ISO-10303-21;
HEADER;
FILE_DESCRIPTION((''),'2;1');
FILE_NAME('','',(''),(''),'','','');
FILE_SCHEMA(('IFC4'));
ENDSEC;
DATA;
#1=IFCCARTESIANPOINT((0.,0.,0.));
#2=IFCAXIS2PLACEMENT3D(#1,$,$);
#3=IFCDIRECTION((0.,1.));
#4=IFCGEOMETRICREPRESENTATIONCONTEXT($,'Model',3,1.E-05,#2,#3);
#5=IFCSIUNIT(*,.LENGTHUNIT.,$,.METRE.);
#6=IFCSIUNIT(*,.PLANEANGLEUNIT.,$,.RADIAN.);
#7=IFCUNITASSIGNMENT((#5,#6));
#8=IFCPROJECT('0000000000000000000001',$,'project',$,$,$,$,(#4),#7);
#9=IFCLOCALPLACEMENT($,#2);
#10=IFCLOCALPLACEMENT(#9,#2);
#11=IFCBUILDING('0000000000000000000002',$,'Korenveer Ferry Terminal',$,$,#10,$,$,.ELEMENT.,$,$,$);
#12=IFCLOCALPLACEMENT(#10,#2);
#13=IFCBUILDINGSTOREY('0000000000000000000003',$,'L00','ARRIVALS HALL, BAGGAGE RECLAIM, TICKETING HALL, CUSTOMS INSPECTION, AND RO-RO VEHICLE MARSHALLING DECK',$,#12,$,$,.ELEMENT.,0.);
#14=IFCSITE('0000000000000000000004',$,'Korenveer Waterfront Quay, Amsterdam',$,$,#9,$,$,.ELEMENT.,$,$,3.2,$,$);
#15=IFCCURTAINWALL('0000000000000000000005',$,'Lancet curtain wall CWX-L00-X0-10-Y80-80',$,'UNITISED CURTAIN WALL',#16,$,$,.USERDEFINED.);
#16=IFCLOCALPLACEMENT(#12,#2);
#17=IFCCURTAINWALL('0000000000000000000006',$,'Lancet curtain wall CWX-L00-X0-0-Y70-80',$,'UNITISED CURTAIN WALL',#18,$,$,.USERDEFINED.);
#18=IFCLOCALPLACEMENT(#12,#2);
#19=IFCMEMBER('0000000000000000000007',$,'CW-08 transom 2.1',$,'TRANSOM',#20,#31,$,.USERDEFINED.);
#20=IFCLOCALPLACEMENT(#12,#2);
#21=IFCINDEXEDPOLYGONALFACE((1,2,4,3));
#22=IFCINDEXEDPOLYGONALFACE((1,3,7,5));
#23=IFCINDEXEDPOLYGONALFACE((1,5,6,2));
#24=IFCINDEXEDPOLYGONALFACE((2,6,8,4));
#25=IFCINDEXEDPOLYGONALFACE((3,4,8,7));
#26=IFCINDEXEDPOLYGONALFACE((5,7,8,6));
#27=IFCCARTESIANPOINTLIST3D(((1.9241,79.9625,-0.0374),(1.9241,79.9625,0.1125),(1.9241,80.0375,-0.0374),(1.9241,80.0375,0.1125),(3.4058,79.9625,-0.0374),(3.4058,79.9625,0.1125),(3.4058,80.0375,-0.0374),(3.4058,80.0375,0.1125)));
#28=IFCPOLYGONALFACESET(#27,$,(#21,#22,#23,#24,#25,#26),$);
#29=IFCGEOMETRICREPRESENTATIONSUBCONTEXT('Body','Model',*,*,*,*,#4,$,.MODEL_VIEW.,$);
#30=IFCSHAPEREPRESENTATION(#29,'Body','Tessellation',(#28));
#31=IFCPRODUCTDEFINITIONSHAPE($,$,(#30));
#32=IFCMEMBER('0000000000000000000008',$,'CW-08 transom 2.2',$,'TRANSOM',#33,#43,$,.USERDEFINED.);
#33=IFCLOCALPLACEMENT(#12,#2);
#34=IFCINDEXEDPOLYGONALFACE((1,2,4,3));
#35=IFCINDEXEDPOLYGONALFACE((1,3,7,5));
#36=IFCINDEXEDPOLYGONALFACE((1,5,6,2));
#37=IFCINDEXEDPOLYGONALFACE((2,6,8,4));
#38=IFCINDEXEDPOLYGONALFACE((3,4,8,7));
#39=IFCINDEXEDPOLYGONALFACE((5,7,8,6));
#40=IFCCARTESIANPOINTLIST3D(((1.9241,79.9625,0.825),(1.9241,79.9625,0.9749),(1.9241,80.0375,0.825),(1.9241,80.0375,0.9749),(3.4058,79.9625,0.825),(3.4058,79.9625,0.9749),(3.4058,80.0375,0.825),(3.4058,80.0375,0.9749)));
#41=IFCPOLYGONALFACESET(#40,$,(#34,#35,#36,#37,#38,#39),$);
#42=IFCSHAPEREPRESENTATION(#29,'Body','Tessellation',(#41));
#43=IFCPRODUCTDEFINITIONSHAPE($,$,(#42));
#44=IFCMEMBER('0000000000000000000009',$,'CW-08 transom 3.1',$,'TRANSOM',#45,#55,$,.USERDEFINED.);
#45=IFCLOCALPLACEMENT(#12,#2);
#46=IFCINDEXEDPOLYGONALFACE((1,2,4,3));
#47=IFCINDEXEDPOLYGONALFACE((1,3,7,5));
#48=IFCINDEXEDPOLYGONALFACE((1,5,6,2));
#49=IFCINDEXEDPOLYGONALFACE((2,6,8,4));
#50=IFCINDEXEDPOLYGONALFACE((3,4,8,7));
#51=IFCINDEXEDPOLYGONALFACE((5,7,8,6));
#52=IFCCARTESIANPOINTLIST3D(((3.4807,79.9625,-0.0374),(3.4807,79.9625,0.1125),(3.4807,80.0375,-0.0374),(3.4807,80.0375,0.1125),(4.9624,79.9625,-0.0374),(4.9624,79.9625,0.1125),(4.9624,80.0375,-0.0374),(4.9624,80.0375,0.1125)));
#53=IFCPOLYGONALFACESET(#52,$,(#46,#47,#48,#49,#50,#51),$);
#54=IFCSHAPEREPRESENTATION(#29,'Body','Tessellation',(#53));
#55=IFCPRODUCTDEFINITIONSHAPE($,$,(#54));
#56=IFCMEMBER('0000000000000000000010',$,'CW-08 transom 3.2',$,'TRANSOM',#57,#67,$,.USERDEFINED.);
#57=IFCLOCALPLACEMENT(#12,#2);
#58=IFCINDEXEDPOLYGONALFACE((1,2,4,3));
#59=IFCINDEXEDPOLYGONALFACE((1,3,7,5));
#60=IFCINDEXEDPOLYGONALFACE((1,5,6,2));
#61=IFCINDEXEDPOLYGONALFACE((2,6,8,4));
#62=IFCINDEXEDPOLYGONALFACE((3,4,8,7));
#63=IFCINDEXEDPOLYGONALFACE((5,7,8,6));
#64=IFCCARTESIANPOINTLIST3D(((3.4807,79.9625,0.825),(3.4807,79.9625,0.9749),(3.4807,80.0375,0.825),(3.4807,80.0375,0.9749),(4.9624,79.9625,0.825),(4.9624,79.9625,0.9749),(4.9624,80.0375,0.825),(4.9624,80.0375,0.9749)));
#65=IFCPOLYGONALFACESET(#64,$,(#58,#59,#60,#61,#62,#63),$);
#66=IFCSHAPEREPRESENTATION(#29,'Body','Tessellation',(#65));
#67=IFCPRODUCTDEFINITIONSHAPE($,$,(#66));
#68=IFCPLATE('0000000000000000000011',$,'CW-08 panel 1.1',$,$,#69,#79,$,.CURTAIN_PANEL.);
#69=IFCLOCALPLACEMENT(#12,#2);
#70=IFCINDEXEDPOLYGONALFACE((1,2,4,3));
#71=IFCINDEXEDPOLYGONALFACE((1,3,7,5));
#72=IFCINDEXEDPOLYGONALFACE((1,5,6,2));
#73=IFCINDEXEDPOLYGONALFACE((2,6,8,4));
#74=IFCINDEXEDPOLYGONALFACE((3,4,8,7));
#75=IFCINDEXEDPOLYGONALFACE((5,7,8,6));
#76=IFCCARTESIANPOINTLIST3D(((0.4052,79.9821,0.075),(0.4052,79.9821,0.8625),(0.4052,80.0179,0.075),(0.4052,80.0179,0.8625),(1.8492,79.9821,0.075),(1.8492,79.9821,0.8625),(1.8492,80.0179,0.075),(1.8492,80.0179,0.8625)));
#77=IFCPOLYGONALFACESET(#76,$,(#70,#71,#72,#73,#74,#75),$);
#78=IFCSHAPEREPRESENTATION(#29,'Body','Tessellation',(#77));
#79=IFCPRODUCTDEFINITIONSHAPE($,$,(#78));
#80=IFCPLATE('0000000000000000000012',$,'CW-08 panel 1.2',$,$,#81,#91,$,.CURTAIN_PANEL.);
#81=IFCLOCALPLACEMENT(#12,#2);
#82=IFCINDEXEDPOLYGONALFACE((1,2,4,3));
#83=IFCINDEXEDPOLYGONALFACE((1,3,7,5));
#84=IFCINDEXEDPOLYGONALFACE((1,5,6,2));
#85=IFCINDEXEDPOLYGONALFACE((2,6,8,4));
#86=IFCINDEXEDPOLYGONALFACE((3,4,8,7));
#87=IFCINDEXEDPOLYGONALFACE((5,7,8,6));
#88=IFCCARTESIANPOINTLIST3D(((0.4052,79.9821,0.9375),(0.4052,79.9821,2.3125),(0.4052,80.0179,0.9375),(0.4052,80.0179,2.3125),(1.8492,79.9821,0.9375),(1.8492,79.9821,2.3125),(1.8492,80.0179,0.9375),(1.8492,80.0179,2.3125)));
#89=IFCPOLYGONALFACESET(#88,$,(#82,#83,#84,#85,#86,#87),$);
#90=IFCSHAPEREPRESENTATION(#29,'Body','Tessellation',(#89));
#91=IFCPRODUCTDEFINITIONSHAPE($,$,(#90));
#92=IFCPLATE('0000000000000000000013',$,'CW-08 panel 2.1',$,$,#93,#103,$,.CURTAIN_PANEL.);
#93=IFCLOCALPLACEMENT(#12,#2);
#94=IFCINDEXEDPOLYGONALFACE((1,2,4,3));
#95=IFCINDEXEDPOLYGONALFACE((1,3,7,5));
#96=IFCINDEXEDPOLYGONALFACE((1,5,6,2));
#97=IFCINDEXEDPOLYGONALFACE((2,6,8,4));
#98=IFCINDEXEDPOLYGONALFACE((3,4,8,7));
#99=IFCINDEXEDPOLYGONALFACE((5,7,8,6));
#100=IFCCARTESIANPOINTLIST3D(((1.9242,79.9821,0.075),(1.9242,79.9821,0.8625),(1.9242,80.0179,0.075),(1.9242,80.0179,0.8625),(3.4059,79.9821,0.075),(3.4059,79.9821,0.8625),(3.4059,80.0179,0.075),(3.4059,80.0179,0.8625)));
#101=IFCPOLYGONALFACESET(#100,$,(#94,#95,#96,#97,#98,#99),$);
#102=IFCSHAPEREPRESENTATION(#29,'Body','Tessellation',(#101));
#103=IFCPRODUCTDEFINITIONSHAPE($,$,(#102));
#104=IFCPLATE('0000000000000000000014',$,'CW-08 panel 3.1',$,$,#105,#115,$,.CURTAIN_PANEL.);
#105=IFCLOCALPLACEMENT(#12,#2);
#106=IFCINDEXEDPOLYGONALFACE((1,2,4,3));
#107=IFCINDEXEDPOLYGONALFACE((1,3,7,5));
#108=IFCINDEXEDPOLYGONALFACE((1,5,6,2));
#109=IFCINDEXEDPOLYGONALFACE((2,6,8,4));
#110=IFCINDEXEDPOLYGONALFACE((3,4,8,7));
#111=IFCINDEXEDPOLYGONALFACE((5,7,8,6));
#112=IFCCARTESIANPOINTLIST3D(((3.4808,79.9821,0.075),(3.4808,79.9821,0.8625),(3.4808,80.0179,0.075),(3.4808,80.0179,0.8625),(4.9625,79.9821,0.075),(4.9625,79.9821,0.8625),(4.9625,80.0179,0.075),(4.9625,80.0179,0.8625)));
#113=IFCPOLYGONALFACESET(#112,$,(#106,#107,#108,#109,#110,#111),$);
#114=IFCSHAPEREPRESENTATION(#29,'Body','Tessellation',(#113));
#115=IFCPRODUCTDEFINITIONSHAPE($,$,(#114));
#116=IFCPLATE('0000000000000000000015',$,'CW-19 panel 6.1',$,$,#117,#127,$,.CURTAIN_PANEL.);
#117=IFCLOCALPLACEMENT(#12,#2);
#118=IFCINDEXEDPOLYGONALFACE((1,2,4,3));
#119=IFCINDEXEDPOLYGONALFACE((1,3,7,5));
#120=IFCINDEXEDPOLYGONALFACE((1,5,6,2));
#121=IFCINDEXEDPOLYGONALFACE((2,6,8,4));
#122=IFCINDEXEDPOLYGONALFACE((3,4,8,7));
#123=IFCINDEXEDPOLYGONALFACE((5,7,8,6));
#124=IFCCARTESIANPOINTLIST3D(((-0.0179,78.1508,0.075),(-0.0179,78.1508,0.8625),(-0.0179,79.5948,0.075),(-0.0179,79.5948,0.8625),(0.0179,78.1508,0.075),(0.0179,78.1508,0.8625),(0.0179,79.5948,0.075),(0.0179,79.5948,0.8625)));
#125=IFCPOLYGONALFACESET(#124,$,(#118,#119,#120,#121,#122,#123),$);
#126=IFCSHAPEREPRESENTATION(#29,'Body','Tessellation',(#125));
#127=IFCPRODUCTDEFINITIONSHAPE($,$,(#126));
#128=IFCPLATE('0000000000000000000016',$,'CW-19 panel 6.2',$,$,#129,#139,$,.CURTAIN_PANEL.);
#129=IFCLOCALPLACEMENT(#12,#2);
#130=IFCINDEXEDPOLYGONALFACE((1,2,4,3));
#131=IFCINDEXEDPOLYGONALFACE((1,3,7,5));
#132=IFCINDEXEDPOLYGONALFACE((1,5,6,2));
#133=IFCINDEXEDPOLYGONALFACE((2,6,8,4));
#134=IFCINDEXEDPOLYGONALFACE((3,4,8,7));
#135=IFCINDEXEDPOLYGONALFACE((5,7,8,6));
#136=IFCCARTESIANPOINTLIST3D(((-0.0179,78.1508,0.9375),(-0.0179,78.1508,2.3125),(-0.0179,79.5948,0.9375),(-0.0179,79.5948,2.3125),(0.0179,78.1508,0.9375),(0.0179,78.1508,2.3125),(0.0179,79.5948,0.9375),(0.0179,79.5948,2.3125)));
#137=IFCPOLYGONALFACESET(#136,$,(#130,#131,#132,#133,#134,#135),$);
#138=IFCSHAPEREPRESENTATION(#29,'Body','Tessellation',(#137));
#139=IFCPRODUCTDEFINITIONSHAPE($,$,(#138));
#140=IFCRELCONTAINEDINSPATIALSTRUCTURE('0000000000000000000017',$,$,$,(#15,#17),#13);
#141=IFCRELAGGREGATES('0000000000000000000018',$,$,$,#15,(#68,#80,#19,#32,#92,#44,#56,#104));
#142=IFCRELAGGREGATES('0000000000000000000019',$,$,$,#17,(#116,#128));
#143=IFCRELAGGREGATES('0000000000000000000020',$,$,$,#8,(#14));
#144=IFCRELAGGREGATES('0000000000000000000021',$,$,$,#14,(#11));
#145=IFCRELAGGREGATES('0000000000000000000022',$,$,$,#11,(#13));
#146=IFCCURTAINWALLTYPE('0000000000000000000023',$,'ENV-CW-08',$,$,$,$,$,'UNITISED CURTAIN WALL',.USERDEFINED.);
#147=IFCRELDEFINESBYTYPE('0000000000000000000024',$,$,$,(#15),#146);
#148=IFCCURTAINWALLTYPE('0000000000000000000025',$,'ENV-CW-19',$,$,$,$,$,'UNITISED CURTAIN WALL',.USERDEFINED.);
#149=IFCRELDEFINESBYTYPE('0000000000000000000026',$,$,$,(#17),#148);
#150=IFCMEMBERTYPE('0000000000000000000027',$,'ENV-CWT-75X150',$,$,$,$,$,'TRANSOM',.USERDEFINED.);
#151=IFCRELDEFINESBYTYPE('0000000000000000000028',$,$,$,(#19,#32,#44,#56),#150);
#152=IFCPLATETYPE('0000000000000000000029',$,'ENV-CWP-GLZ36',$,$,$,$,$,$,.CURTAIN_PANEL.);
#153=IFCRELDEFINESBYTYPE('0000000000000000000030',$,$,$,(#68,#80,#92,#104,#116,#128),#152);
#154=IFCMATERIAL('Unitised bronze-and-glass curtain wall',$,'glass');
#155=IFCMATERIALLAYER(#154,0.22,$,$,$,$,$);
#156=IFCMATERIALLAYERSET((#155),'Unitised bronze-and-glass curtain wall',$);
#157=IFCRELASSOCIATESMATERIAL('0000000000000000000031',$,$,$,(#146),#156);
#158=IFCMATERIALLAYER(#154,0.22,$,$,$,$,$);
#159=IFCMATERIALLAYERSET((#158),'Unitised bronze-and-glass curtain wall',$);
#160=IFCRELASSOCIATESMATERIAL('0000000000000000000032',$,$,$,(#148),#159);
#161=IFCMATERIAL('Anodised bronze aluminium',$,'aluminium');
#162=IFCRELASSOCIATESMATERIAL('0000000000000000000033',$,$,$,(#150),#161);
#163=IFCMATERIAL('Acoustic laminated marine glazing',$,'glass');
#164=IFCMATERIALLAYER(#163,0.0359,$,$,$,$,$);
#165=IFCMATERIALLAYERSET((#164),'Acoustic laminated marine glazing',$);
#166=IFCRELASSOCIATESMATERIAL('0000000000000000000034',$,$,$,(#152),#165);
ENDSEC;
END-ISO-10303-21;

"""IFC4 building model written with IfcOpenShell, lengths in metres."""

from ifc_helpers import new_model, si_unit, direction, frame, origin, origin_2d, place, context, subcontext, project, spatial, rectangle, extrude, material, layer, layer_set, material_profile, profile_set, type_object, element, aggregate, save


model = new_model("IFC4")

# Units and contexts
model_context = context("Model", 3, precision=1e-05, world=origin(), true_north=direction((0.0, 1.0)))
body_context = subcontext(model_context, "Body", "Model", "MODEL_VIEW")
ifc_project = project(units=[si_unit("LENGTHUNIT", "METRE"), si_unit("PLANEANGLEUNIT", "RADIAN")], contexts=[model_context])

# Site, building, storey
site_placement = place(None, origin())
site = spatial("IfcSite", under=ifc_project, at=site_placement, Name="Korenveer Waterfront Quay, Amsterdam", CompositionType="ELEMENT", RefElevation=3.2)
building_placement = place(site_placement, origin())
building = spatial("IfcBuilding", under=site, at=building_placement, Name="Korenveer Ferry Terminal", CompositionType="ELEMENT")
storey_placement = place(building_placement, origin())
storey = spatial("IfcBuildingStorey", under=building, at=storey_placement, Name="L00", Description="ARRIVALS HALL, BAGGAGE RECLAIM, TICKETING HALL, CUSTOMS INSPECTION, AND RO-RO VEHICLE MARSHALLING DECK", CompositionType="ELEMENT", Elevation=0.0)

# Curtain wall
ifc_material_1 = material(Name="Unitised bronze-and-glass curtain wall", Category="glass")
ifc_layer_1 = layer(ifc_material_1, 0.22)
ifc_layer_set_1 = layer_set([ifc_layer_1], Name="Unitised bronze-and-glass curtain wall")
curtain_wall_type_1 = type_object("IfcCurtainWallType", Name="ENV-CW-08", ElementType="UNITISED CURTAIN WALL", PredefinedType="USERDEFINED", material=ifc_layer_set_1)
curtain_wall_1_placement = place(storey_placement, frame((0.3301, 80.0, 0.0)))
curtain_wall_1 = element("IfcCurtainWall", 1, at=curtain_wall_1_placement, inside=storey, type_object=curtain_wall_type_1, Name="Lancet curtain wall CWX-L00-X0-10-Y80-80", ObjectType="UNITISED CURTAIN WALL", PredefinedType="USERDEFINED")
ifc_material_2 = material(Name="Anodised bronze aluminium", Category="aluminium")

# Curtain wall
ifc_layer_2 = layer(ifc_material_1, 0.22)
ifc_layer_set_2 = layer_set([ifc_layer_2], Name="Unitised bronze-and-glass curtain wall")
curtain_wall_type_2 = type_object("IfcCurtainWallType", Name="ENV-CW-19", ElementType="UNITISED CURTAIN WALL", PredefinedType="USERDEFINED", material=ifc_layer_set_2)
curtain_wall_2_placement = place(storey_placement, frame((0.0, 70.3301, 0.0)))
curtain_wall_2 = element("IfcCurtainWall", 2, at=curtain_wall_2_placement, inside=storey, type_object=curtain_wall_type_2, Name="Lancet curtain wall CWX-L00-X0-0-Y70-80", ObjectType="UNITISED CURTAIN WALL", PredefinedType="USERDEFINED")

# Members
ifc_material_profile_1 = material_profile(ifc_material_2, rectangle(XDim=0.075, YDim=0.1499, at=origin_2d()), Name="ALU 75x150")
ifc_profile_set_1 = profile_set([ifc_material_profile_1], Name="Anodised bronze aluminium")
member_type_1 = type_object("IfcMemberType", Name="ENV-CWT-75X150", ElementType="TRANSOM", PredefinedType="USERDEFINED", material=ifc_profile_set_1)
member_1_placement = place(storey_placement, frame((1.9241, 80.0, 0.0376), z_axis=(1.0, 0.0, 0.0), x_axis=(0.0, 1.0, 0.0)))
member_1 = element("IfcMember", 3, at=member_1_placement, type_object=member_type_1, Name="CW-08 transom 2.1", ObjectType="TRANSOM", PredefinedType="USERDEFINED", context=body_context, shape_type="SweptSolid", body=[
    extrude(rectangle(XDim=0.075, YDim=0.1499, at=origin_2d()), origin(), (0.0, 0.0, 1.0), 1.4817),
])
member_2_placement = place(storey_placement, frame((1.9241, 80.0, 0.8999), z_axis=(1.0, 0.0, 0.0), x_axis=(0.0, 1.0, 0.0)))
member_2 = element("IfcMember", 4, at=member_2_placement, type_object=member_type_1, Name="CW-08 transom 2.2", ObjectType="TRANSOM", PredefinedType="USERDEFINED", context=body_context, shape_type="SweptSolid", body=[
    extrude(rectangle(XDim=0.075, YDim=0.1499, at=origin_2d()), origin(), (0.0, 0.0, 1.0), 1.4817),
])
member_3_placement = place(storey_placement, frame((3.4807, 80.0, 0.0376), z_axis=(1.0, 0.0, 0.0), x_axis=(0.0, 1.0, 0.0)))
member_3 = element("IfcMember", 5, at=member_3_placement, type_object=member_type_1, Name="CW-08 transom 3.1", ObjectType="TRANSOM", PredefinedType="USERDEFINED", context=body_context, shape_type="SweptSolid", body=[
    extrude(rectangle(XDim=0.075, YDim=0.1499, at=origin_2d()), origin(), (0.0, 0.0, 1.0), 1.4817),
])
member_4_placement = place(storey_placement, frame((3.4807, 80.0, 0.8999), z_axis=(1.0, 0.0, 0.0), x_axis=(0.0, 1.0, 0.0)))
member_4 = element("IfcMember", 6, at=member_4_placement, type_object=member_type_1, Name="CW-08 transom 3.2", ObjectType="TRANSOM", PredefinedType="USERDEFINED", context=body_context, shape_type="SweptSolid", body=[
    extrude(rectangle(XDim=0.075, YDim=0.1499, at=origin_2d()), origin(), (0.0, 0.0, 1.0), 1.4817),
])

# Plates
ifc_material_3 = material(Name="Acoustic laminated marine glazing", Category="glass")
ifc_layer_3 = layer(ifc_material_3, 0.0359)
ifc_layer_set_3 = layer_set([ifc_layer_3], Name="Acoustic laminated marine glazing")
plate_type = type_object("IfcPlateType", Name="ENV-CWP-GLZ36", PredefinedType="CURTAIN_PANEL", material=ifc_layer_set_3)
plate_1_placement = place(storey_placement, frame((1.1272, 80.0, 0.075), z_axis=(0.0, 0.0, 1.0), x_axis=(1.0, 0.0, 0.0)))
plate_1 = element("IfcPlate", 7, at=plate_1_placement, type_object=plate_type, Name="CW-08 panel 1.1", PredefinedType="CURTAIN_PANEL", context=body_context, shape_type="SweptSolid", body=[
    extrude(rectangle(XDim=1.4441, YDim=0.0359, at=origin_2d()), origin(), (0.0, 0.0, 1.0), 0.7876),
])
plate_2_placement = place(storey_placement, frame((1.1272, 80.0, 0.9375), z_axis=(0.0, 0.0, 1.0), x_axis=(1.0, 0.0, 0.0)))
plate_2 = element("IfcPlate", 8, at=plate_2_placement, type_object=plate_type, Name="CW-08 panel 1.2", PredefinedType="CURTAIN_PANEL", context=body_context, shape_type="SweptSolid", body=[
    extrude(rectangle(XDim=1.4441, YDim=0.0359, at=origin_2d()), origin(), (0.0, 0.0, 1.0), 1.375),
])
plate_3_placement = place(storey_placement, frame((2.665, 80.0, 0.075), z_axis=(0.0, 0.0, 1.0), x_axis=(1.0, 0.0, 0.0)))
plate_3 = element("IfcPlate", 9, at=plate_3_placement, type_object=plate_type, Name="CW-08 panel 2.1", PredefinedType="CURTAIN_PANEL", context=body_context, shape_type="SweptSolid", body=[
    extrude(rectangle(XDim=1.4817, YDim=0.0359, at=origin_2d()), origin(), (0.0, 0.0, 1.0), 0.7876),
])
plate_4_placement = place(storey_placement, frame((4.2217, 80.0, 0.075), z_axis=(0.0, 0.0, 1.0), x_axis=(1.0, 0.0, 0.0)))
plate_4 = element("IfcPlate", 10, at=plate_4_placement, type_object=plate_type, Name="CW-08 panel 3.1", PredefinedType="CURTAIN_PANEL", context=body_context, shape_type="SweptSolid", body=[
    extrude(rectangle(XDim=1.4817, YDim=0.0359, at=origin_2d()), origin(), (0.0, 0.0, 1.0), 0.7876),
])
aggregate(curtain_wall_1, [plate_1, plate_2, member_1, member_2, plate_3, member_3, member_4, plate_4])
plate_5_placement = place(storey_placement, frame((0.0, 78.8728, 0.075), z_axis=(0.0, 0.0, 1.0), x_axis=(0.0, 1.0, 0.0)))
plate_5 = element("IfcPlate", 11, at=plate_5_placement, type_object=plate_type, Name="CW-19 panel 6.1", PredefinedType="CURTAIN_PANEL", context=body_context, shape_type="SweptSolid", body=[
    extrude(rectangle(XDim=1.4441, YDim=0.0359, at=origin_2d()), origin(), (0.0, 0.0, 1.0), 0.7876),
])
plate_6_placement = place(storey_placement, frame((0.0, 78.8728, 0.9375), z_axis=(0.0, 0.0, 1.0), x_axis=(0.0, 1.0, 0.0)))
plate_6 = element("IfcPlate", 12, at=plate_6_placement, type_object=plate_type, Name="CW-19 panel 6.2", PredefinedType="CURTAIN_PANEL", context=body_context, shape_type="SweptSolid", body=[
    extrude(rectangle(XDim=1.4441, YDim=0.0359, at=origin_2d()), origin(), (0.0, 0.0, 1.0), 1.375),
])
aggregate(curtain_wall_2, [plate_5, plate_6])

save(model, "model.ifc")
